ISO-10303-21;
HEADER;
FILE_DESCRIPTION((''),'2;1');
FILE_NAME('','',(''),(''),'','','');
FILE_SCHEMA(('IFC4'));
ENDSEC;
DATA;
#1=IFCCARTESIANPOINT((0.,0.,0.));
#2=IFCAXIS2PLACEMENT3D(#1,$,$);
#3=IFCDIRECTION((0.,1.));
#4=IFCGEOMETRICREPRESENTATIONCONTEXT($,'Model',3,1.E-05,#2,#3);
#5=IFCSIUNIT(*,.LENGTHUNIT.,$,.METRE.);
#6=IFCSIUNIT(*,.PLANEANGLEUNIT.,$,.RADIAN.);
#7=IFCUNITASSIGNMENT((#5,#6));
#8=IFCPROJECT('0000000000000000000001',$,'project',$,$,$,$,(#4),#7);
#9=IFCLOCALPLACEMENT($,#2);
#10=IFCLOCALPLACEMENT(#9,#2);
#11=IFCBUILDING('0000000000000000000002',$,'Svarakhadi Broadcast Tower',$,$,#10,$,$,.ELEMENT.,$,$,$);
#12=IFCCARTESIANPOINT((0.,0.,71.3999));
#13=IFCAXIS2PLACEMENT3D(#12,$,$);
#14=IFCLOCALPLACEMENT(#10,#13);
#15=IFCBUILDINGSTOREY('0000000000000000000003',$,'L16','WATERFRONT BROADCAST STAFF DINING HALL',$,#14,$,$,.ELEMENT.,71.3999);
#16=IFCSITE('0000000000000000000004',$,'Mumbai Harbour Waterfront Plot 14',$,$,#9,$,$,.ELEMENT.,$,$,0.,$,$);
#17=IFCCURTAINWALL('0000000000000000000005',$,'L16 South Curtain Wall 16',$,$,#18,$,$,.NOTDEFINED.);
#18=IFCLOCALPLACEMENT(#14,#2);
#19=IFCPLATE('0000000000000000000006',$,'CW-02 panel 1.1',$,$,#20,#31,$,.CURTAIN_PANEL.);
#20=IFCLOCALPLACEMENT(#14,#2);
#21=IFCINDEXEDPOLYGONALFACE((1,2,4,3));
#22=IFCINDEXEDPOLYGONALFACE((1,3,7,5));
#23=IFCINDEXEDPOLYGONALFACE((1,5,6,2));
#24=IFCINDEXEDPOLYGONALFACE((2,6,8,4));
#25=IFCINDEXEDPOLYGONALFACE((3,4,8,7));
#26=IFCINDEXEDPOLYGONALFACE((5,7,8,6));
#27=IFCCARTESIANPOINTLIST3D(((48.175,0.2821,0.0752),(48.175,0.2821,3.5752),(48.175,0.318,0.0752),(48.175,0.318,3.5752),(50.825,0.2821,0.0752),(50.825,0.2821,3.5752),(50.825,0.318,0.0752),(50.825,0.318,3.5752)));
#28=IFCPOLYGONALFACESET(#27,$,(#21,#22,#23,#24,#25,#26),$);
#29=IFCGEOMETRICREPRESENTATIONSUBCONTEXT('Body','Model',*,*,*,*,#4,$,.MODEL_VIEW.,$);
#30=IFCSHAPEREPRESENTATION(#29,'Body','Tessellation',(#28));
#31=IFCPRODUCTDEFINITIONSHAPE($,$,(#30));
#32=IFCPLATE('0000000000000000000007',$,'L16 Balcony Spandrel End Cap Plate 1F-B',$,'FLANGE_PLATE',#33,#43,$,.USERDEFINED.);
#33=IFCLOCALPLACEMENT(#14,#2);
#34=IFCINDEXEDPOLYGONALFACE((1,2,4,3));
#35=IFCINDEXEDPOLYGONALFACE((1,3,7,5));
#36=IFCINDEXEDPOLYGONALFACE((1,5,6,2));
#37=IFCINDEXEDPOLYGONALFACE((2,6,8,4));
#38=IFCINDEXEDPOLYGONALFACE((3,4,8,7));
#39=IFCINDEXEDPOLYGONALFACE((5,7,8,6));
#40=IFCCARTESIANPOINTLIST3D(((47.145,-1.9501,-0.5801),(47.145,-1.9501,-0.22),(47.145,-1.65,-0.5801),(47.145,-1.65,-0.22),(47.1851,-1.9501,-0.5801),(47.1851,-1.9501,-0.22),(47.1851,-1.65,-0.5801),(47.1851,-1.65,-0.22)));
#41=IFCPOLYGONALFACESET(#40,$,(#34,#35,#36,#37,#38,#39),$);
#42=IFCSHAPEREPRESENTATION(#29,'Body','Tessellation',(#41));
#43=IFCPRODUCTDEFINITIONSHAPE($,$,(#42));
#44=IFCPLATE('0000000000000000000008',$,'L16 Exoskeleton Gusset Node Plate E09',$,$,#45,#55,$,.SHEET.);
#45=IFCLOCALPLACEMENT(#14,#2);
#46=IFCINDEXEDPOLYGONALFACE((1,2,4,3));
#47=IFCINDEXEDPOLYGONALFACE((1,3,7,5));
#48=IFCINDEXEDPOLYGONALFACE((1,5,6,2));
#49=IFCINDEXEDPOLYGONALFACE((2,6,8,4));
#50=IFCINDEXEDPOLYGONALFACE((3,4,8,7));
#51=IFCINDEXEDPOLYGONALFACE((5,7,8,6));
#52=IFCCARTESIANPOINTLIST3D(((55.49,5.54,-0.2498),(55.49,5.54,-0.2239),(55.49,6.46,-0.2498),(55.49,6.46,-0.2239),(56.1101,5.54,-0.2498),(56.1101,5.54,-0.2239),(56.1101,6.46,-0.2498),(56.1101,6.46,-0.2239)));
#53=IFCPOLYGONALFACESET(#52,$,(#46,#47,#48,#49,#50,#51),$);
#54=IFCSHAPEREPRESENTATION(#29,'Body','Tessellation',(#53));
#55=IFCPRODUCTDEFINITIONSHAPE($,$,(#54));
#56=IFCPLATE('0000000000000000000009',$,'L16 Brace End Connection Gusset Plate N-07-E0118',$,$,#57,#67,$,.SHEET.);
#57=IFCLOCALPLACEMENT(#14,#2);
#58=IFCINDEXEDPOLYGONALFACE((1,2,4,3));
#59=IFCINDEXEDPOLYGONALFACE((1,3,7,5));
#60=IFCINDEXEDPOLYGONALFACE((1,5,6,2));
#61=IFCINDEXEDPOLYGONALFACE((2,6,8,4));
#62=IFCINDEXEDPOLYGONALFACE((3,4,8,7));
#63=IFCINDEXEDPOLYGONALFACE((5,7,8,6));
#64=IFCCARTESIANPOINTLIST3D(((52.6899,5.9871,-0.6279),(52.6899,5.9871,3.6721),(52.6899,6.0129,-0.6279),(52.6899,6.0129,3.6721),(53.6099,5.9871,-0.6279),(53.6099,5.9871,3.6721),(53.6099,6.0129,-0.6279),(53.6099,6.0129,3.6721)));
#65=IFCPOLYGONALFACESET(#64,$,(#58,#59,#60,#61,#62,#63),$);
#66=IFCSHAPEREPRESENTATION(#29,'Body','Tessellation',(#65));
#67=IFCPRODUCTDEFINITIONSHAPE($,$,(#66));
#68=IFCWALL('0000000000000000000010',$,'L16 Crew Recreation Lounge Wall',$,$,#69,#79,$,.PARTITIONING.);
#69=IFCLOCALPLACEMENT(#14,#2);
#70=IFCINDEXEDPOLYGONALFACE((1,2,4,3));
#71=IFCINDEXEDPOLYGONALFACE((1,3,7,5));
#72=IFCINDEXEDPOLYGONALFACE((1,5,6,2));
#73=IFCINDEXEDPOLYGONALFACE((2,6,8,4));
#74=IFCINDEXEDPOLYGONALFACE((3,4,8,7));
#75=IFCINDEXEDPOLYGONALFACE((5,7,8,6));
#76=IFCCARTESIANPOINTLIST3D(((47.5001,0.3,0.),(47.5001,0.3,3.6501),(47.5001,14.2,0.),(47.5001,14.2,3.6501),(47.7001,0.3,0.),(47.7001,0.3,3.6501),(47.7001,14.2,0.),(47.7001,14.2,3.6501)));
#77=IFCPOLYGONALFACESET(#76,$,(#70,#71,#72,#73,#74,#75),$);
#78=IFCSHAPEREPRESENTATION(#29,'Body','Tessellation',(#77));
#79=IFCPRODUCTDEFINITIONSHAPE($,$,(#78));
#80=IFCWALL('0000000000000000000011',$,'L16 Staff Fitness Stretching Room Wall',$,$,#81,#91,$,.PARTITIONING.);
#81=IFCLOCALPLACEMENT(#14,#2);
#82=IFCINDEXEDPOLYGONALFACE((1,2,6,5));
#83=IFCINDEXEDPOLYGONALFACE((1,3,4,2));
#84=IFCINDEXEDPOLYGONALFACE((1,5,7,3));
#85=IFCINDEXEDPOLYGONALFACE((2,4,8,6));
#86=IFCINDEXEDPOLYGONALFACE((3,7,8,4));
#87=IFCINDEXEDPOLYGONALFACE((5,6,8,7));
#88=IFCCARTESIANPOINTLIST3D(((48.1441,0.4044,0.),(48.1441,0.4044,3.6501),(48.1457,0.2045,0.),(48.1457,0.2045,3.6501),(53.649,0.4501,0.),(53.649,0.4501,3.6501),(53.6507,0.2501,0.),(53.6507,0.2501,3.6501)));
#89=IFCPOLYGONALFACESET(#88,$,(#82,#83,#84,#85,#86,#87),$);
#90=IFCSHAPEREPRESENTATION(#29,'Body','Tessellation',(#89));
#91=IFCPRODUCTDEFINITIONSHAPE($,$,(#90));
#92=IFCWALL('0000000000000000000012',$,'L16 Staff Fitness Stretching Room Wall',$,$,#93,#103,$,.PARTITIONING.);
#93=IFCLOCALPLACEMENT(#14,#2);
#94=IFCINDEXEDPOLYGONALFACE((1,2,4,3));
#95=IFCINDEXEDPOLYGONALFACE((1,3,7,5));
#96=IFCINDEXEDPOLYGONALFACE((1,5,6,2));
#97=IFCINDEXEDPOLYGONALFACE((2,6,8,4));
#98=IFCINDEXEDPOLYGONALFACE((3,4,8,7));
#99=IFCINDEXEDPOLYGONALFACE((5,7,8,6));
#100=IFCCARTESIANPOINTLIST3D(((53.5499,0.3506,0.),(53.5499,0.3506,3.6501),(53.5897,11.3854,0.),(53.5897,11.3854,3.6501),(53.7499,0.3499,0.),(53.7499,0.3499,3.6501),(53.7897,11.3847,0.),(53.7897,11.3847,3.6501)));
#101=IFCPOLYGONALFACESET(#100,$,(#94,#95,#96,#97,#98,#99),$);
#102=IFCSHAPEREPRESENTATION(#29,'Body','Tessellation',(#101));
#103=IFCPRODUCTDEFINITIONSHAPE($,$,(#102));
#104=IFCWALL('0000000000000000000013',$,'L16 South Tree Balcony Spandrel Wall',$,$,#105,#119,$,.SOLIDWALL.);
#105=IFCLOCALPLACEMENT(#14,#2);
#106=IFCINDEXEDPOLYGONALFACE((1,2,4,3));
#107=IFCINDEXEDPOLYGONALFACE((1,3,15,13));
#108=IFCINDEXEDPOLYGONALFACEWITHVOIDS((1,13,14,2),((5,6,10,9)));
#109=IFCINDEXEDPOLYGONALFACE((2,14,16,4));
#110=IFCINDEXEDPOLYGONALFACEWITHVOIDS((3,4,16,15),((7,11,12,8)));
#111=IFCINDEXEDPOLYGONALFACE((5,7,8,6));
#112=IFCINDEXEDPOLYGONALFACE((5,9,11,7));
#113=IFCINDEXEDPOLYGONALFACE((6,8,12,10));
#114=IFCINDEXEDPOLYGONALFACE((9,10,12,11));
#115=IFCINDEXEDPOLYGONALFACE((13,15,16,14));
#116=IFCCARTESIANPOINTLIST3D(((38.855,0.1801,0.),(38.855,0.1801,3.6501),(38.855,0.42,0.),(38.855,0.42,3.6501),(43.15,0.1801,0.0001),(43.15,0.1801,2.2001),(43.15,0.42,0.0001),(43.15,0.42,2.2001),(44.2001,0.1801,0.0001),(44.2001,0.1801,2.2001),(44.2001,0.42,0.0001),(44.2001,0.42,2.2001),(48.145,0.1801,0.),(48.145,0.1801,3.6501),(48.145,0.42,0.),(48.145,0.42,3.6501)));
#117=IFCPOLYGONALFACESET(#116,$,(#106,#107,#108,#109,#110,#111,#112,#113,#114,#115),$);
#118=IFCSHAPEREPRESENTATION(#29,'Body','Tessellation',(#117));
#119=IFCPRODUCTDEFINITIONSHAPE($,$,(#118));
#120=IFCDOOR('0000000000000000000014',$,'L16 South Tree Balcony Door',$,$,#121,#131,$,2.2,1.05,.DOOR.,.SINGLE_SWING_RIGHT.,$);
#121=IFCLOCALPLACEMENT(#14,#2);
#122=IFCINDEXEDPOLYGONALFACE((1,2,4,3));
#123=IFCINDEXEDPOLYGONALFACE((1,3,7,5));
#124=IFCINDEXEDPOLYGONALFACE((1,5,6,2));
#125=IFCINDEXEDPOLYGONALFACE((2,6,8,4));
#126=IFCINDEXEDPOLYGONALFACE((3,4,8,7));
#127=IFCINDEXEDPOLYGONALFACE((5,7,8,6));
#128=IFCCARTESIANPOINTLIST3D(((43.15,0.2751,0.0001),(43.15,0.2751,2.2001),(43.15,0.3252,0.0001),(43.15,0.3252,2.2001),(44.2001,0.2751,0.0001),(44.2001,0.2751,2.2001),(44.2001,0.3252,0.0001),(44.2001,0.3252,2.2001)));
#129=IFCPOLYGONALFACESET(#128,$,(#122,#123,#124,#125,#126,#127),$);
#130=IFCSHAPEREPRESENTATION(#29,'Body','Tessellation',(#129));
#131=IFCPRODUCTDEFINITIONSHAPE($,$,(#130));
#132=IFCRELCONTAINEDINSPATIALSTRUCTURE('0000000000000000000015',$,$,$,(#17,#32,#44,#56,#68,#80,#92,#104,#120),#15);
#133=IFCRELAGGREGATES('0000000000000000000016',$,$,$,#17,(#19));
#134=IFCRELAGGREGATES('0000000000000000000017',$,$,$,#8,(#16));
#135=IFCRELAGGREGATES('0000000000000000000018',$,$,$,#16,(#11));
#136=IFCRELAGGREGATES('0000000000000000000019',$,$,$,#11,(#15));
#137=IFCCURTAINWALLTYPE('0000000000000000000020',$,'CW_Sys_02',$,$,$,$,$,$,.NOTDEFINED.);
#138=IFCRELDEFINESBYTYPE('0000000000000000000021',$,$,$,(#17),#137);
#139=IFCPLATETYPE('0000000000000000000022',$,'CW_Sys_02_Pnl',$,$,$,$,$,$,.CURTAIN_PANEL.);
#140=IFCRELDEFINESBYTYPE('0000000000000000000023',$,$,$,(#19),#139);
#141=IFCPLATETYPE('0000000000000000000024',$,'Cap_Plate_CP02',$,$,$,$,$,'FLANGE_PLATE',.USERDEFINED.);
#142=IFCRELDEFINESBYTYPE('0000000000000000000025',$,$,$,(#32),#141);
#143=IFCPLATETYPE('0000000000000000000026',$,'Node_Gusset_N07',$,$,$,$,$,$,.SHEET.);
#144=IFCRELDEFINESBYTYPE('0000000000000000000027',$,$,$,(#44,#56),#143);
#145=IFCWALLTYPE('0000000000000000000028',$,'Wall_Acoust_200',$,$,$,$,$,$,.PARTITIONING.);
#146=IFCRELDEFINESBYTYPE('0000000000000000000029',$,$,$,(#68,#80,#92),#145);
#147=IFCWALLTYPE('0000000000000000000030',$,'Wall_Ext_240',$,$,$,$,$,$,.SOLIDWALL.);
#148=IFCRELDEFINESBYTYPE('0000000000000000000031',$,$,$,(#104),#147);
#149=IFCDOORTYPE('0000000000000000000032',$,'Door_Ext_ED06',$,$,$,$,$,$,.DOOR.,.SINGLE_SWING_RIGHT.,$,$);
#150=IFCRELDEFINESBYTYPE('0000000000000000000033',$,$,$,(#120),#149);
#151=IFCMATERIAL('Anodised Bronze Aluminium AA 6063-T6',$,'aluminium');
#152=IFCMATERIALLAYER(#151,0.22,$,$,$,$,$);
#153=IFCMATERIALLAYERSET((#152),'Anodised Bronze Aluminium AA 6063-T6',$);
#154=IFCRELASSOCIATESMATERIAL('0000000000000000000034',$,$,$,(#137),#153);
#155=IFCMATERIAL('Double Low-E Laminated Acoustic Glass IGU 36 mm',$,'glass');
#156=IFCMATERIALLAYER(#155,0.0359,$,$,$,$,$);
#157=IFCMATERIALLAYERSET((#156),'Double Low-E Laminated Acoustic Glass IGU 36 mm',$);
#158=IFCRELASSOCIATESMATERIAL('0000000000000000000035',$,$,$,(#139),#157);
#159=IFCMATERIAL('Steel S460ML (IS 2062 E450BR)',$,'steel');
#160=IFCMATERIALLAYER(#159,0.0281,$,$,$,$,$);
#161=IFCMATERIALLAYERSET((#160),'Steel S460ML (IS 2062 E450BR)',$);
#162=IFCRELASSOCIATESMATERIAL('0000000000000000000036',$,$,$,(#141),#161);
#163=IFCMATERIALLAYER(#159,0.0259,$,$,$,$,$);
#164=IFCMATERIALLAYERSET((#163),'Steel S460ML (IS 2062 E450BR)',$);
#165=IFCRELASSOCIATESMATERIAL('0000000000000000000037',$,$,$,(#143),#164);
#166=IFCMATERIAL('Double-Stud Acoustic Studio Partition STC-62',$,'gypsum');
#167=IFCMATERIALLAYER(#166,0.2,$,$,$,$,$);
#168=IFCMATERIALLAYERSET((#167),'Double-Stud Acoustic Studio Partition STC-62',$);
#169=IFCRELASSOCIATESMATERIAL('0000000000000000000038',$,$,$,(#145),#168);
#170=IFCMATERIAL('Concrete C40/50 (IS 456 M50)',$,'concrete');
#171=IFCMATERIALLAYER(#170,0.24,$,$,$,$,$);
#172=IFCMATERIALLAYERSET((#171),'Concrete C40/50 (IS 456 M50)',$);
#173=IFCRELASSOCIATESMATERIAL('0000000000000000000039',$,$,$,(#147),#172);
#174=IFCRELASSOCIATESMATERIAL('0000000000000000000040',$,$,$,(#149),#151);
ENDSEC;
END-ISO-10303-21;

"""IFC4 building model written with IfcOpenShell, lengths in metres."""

from ifc_helpers import new_model, si_unit, direction, frame, frame_2d, origin, origin_2d, place, context, subcontext, project, spatial, rectangle, extrude, material, layer, layer_set, type_object, element, fill, aggregate, save


model = new_model("IFC4")

# Units and contexts
model_context = context("Model", 3, precision=1e-05, world=origin(), true_north=direction((0.0, 1.0)))
body_context = subcontext(model_context, "Body", "Model", "MODEL_VIEW")
ifc_project = project(units=[si_unit("LENGTHUNIT", "METRE"), si_unit("PLANEANGLEUNIT", "RADIAN")], contexts=[model_context])

# Site, building, storey
site_placement = place(None, origin())
site = spatial("IfcSite", under=ifc_project, at=site_placement, Name="Mumbai Harbour Waterfront Plot 14", CompositionType="ELEMENT", RefElevation=0.0)
building_placement = place(site_placement, origin())
building = spatial("IfcBuilding", under=site, at=building_placement, Name="Svarakhadi Broadcast Tower", CompositionType="ELEMENT")
storey_placement = place(building_placement, frame((0.0, 0.0, 71.3999)))
storey = spatial("IfcBuildingStorey", under=building, at=storey_placement, Name="L16", Description="WATERFRONT BROADCAST STAFF DINING HALL", CompositionType="ELEMENT", Elevation=71.3999)

# Curtain wall
ifc_material_1 = material(Name="Anodised Bronze Aluminium AA 6063-T6", Category="aluminium")
ifc_layer_1 = layer(ifc_material_1, 0.22)
ifc_layer_set_1 = layer_set([ifc_layer_1], Name="Anodised Bronze Aluminium AA 6063-T6")
curtain_wall_type = type_object("IfcCurtainWallType", Name="CW_Sys_02", PredefinedType="NOTDEFINED", material=ifc_layer_set_1)
curtain_wall_1_placement = place(storey_placement, origin())
curtain_wall_1 = element("IfcCurtainWall", 1, at=curtain_wall_1_placement, inside=storey, type_object=curtain_wall_type, Name="L16 South Curtain Wall 16", PredefinedType="NOTDEFINED")

# Shared definitions
ifc_material_2 = material(Name="Steel S460ML (IS 2062 E450BR)", Category="steel")

# Plate
ifc_material_3 = material(Name="Double Low-E Laminated Acoustic Glass IGU 36 mm", Category="glass")
ifc_layer_2 = layer(ifc_material_3, 0.0359)
ifc_layer_set_2 = layer_set([ifc_layer_2], Name="Double Low-E Laminated Acoustic Glass IGU 36 mm")
plate_type_1 = type_object("IfcPlateType", Name="CW_Sys_02_Pnl", PredefinedType="CURTAIN_PANEL", material=ifc_layer_set_2)
plate_1_placement = place(storey_placement, frame((49.5, 0.3, 0.0752), z_axis=(0.0, 0.0, 1.0), x_axis=(-1.0, 0.0, 0.0)))
plate_1 = element("IfcPlate", 2, at=plate_1_placement, type_object=plate_type_1, Name="CW-02 panel 1.1", PredefinedType="CURTAIN_PANEL", context=body_context, shape_type="SweptSolid", body=[
    extrude(rectangle(XDim=2.6499, YDim=0.0359, at=origin_2d()), origin(), (0.0, 0.0, 1.0), 3.5),
])
aggregate(curtain_wall_1, [plate_1])

# Plates
ifc_layer_3 = layer(ifc_material_2, 0.0281)
ifc_layer_set_3 = layer_set([ifc_layer_3], Name="Steel S460ML (IS 2062 E450BR)")
plate_type_2 = type_object("IfcPlateType", Name="Cap_Plate_CP02", ElementType="FLANGE_PLATE", PredefinedType="USERDEFINED", material=ifc_layer_set_3)
plate_2_placement = place(storey_placement, frame((47.165, -1.8, -0.5801), z_axis=(0.0, 0.0, 1.0), x_axis=(1.0, 0.0, 0.0)))
element("IfcPlate", 3, at=plate_2_placement, inside=storey, type_object=plate_type_2, Name="L16 Balcony Spandrel End Cap Plate 1F-B", ObjectType="FLANGE_PLATE", PredefinedType="USERDEFINED", context=body_context, shape_type="SweptSolid", body=[
    extrude(rectangle(XDim=0.04, YDim=0.3, at=origin_2d()), origin(), (0.0, 0.0, 1.0), 0.3601),
])
ifc_layer_4 = layer(ifc_material_2, 0.0259)
ifc_layer_set_4 = layer_set([ifc_layer_4], Name="Steel S460ML (IS 2062 E450BR)")
plate_type_3 = type_object("IfcPlateType", Name="Node_Gusset_N07", PredefinedType="SHEET", material=ifc_layer_set_4)
plate_3_placement = place(storey_placement, frame((55.8, 6.0, -0.2498), z_axis=(0.0, 0.0, 1.0), x_axis=(0.0, 1.0, 0.0)))
element("IfcPlate", 4, at=plate_3_placement, inside=storey, type_object=plate_type_3, Name="L16 Exoskeleton Gusset Node Plate E09", PredefinedType="SHEET", context=body_context, shape_type="SweptSolid", body=[
    extrude(rectangle(XDim=0.9199, YDim=0.6201, at=origin_2d()), origin(), (0.0, 0.0, 1.0), 0.0259),
])
plate_4_placement = place(storey_placement, frame((53.1499, 6.0, -0.6279), z_axis=(0.0, 0.0, 1.0), x_axis=(1.0, 0.0, 0.0)))
element("IfcPlate", 5, at=plate_4_placement, inside=storey, type_object=plate_type_3, Name="L16 Brace End Connection Gusset Plate N-07-E0118", PredefinedType="SHEET", context=body_context, shape_type="SweptSolid", body=[
    extrude(rectangle(XDim=0.9199, YDim=0.0259, at=origin_2d()), origin(), (0.0, 0.0, 1.0), 4.3),
])

# Walls
ifc_material_4 = material(Name="Double-Stud Acoustic Studio Partition STC-62", Category="gypsum")
ifc_layer_5 = layer(ifc_material_4, 0.2)
ifc_layer_set_5 = layer_set([ifc_layer_5], Name="Double-Stud Acoustic Studio Partition STC-62")
wall_type_1 = type_object("IfcWallType", Name="Wall_Acoust_200", PredefinedType="PARTITIONING", material=ifc_layer_set_5)
wall_1_placement = place(storey_placement, frame((47.6001, 0.3, 0.0), z_axis=(0.0, 0.0, 1.0), x_axis=(0.0, 1.0, 0.0)))
element("IfcWall", 6, at=wall_1_placement, inside=storey, type_object=wall_type_1, Name="L16 Crew Recreation Lounge Wall", PredefinedType="PARTITIONING", context=body_context, shape_type="SweptSolid", body=[
    extrude(rectangle(XDim=13.8999, YDim=0.2, at=frame_2d((6.95, 0.0))), origin(), (0.0, 0.0, 1.0), 3.6501),
])
wall_2_placement = place(storey_placement, frame((48.145, 0.3044, 0.0), z_axis=(0.0, 0.0, 1.0), x_axis=(0.999966, 0.008293, 0.0)))
element("IfcWall", 7, at=wall_2_placement, inside=storey, type_object=wall_type_1, Name="L16 Staff Fitness Stretching Room Wall", PredefinedType="PARTITIONING", context=body_context, shape_type="SweptSolid", body=[
    extrude(rectangle(XDim=5.5051, YDim=0.2, at=frame_2d((2.7524, 0.0))), origin(), (0.0, 0.0, 1.0), 3.6501),
])
wall_3_placement = place(storey_placement, frame((53.6499, 0.3501, 0.0), z_axis=(0.0, 0.0, 1.0), x_axis=(0.003606, 0.999993, 0.0)))
element("IfcWall", 8, at=wall_3_placement, inside=storey, type_object=wall_type_1, Name="L16 Staff Fitness Stretching Room Wall", PredefinedType="PARTITIONING", context=body_context, shape_type="SweptSolid", body=[
    extrude(rectangle(XDim=11.0349, YDim=0.2, at=frame_2d((5.5176, 0.0))), origin(), (0.0, 0.0, 1.0), 3.6501),
])

# Wall, opening, door
ifc_material_5 = material(Name="Concrete C40/50 (IS 456 M50)", Category="concrete")
ifc_layer_6 = layer(ifc_material_5, 0.24)
ifc_layer_set_6 = layer_set([ifc_layer_6], Name="Concrete C40/50 (IS 456 M50)")
wall_type_2 = type_object("IfcWallType", Name="Wall_Ext_240", PredefinedType="SOLIDWALL", material=ifc_layer_set_6)
wall_4_placement = place(storey_placement, frame((48.145, 0.3, 0.0), z_axis=(0.0, 0.0, 1.0), x_axis=(-1.0, 0.0, 0.0)))
wall_4 = element("IfcWall", 9, at=wall_4_placement, inside=storey, type_object=wall_type_2, Name="L16 South Tree Balcony Spandrel Wall", PredefinedType="SOLIDWALL", context=body_context, shape_type="SweptSolid", body=[
    extrude(rectangle(XDim=9.29, YDim=0.24, at=frame_2d((4.645, 0.0))), origin(), (0.0, 0.0, 1.0), 3.6501),
])
opening_placement = place(wall_4_placement, frame((3.9451, 0.0, 0.0)))
opening = element("IfcOpeningElement", 10, at=opening_placement, cuts=wall_4, PredefinedType="OPENING", context=body_context, shape_type="SweptSolid", body=[
    extrude(rectangle(XDim=1.05, YDim=2.2, at=frame_2d((0.5249, 1.1001))), frame((0.0, 0.1299, 0.0), z_axis=(0.0, -1.0, 0.0), x_axis=(1.0, 0.0, 0.0)), (0.0, 0.0, 1.0), 0.26),
])
door_type = type_object("IfcDoorType", Name="Door_Ext_ED06", OperationType="SINGLE_SWING_RIGHT", PredefinedType="DOOR", material=ifc_material_1)
door_placement = place(opening_placement, origin())
door = element("IfcDoor", 11, at=door_placement, inside=storey, type_object=door_type, Name="L16 South Tree Balcony Door", OperationType="SINGLE_SWING_RIGHT", OverallHeight=2.2, OverallWidth=1.05, PredefinedType="DOOR", context=body_context, shape_type="SweptSolid", body=[
    extrude(rectangle(XDim=1.05, YDim=2.2, at=frame_2d((0.5249, 1.1001))), frame((0.0, 0.0249, 0.0), z_axis=(0.0, -1.0, 0.0), x_axis=(1.0, 0.0, 0.0)), (0.0, 0.0, 1.0), 0.05),
])
fill(opening, door)

save(model, "model.ifc")
